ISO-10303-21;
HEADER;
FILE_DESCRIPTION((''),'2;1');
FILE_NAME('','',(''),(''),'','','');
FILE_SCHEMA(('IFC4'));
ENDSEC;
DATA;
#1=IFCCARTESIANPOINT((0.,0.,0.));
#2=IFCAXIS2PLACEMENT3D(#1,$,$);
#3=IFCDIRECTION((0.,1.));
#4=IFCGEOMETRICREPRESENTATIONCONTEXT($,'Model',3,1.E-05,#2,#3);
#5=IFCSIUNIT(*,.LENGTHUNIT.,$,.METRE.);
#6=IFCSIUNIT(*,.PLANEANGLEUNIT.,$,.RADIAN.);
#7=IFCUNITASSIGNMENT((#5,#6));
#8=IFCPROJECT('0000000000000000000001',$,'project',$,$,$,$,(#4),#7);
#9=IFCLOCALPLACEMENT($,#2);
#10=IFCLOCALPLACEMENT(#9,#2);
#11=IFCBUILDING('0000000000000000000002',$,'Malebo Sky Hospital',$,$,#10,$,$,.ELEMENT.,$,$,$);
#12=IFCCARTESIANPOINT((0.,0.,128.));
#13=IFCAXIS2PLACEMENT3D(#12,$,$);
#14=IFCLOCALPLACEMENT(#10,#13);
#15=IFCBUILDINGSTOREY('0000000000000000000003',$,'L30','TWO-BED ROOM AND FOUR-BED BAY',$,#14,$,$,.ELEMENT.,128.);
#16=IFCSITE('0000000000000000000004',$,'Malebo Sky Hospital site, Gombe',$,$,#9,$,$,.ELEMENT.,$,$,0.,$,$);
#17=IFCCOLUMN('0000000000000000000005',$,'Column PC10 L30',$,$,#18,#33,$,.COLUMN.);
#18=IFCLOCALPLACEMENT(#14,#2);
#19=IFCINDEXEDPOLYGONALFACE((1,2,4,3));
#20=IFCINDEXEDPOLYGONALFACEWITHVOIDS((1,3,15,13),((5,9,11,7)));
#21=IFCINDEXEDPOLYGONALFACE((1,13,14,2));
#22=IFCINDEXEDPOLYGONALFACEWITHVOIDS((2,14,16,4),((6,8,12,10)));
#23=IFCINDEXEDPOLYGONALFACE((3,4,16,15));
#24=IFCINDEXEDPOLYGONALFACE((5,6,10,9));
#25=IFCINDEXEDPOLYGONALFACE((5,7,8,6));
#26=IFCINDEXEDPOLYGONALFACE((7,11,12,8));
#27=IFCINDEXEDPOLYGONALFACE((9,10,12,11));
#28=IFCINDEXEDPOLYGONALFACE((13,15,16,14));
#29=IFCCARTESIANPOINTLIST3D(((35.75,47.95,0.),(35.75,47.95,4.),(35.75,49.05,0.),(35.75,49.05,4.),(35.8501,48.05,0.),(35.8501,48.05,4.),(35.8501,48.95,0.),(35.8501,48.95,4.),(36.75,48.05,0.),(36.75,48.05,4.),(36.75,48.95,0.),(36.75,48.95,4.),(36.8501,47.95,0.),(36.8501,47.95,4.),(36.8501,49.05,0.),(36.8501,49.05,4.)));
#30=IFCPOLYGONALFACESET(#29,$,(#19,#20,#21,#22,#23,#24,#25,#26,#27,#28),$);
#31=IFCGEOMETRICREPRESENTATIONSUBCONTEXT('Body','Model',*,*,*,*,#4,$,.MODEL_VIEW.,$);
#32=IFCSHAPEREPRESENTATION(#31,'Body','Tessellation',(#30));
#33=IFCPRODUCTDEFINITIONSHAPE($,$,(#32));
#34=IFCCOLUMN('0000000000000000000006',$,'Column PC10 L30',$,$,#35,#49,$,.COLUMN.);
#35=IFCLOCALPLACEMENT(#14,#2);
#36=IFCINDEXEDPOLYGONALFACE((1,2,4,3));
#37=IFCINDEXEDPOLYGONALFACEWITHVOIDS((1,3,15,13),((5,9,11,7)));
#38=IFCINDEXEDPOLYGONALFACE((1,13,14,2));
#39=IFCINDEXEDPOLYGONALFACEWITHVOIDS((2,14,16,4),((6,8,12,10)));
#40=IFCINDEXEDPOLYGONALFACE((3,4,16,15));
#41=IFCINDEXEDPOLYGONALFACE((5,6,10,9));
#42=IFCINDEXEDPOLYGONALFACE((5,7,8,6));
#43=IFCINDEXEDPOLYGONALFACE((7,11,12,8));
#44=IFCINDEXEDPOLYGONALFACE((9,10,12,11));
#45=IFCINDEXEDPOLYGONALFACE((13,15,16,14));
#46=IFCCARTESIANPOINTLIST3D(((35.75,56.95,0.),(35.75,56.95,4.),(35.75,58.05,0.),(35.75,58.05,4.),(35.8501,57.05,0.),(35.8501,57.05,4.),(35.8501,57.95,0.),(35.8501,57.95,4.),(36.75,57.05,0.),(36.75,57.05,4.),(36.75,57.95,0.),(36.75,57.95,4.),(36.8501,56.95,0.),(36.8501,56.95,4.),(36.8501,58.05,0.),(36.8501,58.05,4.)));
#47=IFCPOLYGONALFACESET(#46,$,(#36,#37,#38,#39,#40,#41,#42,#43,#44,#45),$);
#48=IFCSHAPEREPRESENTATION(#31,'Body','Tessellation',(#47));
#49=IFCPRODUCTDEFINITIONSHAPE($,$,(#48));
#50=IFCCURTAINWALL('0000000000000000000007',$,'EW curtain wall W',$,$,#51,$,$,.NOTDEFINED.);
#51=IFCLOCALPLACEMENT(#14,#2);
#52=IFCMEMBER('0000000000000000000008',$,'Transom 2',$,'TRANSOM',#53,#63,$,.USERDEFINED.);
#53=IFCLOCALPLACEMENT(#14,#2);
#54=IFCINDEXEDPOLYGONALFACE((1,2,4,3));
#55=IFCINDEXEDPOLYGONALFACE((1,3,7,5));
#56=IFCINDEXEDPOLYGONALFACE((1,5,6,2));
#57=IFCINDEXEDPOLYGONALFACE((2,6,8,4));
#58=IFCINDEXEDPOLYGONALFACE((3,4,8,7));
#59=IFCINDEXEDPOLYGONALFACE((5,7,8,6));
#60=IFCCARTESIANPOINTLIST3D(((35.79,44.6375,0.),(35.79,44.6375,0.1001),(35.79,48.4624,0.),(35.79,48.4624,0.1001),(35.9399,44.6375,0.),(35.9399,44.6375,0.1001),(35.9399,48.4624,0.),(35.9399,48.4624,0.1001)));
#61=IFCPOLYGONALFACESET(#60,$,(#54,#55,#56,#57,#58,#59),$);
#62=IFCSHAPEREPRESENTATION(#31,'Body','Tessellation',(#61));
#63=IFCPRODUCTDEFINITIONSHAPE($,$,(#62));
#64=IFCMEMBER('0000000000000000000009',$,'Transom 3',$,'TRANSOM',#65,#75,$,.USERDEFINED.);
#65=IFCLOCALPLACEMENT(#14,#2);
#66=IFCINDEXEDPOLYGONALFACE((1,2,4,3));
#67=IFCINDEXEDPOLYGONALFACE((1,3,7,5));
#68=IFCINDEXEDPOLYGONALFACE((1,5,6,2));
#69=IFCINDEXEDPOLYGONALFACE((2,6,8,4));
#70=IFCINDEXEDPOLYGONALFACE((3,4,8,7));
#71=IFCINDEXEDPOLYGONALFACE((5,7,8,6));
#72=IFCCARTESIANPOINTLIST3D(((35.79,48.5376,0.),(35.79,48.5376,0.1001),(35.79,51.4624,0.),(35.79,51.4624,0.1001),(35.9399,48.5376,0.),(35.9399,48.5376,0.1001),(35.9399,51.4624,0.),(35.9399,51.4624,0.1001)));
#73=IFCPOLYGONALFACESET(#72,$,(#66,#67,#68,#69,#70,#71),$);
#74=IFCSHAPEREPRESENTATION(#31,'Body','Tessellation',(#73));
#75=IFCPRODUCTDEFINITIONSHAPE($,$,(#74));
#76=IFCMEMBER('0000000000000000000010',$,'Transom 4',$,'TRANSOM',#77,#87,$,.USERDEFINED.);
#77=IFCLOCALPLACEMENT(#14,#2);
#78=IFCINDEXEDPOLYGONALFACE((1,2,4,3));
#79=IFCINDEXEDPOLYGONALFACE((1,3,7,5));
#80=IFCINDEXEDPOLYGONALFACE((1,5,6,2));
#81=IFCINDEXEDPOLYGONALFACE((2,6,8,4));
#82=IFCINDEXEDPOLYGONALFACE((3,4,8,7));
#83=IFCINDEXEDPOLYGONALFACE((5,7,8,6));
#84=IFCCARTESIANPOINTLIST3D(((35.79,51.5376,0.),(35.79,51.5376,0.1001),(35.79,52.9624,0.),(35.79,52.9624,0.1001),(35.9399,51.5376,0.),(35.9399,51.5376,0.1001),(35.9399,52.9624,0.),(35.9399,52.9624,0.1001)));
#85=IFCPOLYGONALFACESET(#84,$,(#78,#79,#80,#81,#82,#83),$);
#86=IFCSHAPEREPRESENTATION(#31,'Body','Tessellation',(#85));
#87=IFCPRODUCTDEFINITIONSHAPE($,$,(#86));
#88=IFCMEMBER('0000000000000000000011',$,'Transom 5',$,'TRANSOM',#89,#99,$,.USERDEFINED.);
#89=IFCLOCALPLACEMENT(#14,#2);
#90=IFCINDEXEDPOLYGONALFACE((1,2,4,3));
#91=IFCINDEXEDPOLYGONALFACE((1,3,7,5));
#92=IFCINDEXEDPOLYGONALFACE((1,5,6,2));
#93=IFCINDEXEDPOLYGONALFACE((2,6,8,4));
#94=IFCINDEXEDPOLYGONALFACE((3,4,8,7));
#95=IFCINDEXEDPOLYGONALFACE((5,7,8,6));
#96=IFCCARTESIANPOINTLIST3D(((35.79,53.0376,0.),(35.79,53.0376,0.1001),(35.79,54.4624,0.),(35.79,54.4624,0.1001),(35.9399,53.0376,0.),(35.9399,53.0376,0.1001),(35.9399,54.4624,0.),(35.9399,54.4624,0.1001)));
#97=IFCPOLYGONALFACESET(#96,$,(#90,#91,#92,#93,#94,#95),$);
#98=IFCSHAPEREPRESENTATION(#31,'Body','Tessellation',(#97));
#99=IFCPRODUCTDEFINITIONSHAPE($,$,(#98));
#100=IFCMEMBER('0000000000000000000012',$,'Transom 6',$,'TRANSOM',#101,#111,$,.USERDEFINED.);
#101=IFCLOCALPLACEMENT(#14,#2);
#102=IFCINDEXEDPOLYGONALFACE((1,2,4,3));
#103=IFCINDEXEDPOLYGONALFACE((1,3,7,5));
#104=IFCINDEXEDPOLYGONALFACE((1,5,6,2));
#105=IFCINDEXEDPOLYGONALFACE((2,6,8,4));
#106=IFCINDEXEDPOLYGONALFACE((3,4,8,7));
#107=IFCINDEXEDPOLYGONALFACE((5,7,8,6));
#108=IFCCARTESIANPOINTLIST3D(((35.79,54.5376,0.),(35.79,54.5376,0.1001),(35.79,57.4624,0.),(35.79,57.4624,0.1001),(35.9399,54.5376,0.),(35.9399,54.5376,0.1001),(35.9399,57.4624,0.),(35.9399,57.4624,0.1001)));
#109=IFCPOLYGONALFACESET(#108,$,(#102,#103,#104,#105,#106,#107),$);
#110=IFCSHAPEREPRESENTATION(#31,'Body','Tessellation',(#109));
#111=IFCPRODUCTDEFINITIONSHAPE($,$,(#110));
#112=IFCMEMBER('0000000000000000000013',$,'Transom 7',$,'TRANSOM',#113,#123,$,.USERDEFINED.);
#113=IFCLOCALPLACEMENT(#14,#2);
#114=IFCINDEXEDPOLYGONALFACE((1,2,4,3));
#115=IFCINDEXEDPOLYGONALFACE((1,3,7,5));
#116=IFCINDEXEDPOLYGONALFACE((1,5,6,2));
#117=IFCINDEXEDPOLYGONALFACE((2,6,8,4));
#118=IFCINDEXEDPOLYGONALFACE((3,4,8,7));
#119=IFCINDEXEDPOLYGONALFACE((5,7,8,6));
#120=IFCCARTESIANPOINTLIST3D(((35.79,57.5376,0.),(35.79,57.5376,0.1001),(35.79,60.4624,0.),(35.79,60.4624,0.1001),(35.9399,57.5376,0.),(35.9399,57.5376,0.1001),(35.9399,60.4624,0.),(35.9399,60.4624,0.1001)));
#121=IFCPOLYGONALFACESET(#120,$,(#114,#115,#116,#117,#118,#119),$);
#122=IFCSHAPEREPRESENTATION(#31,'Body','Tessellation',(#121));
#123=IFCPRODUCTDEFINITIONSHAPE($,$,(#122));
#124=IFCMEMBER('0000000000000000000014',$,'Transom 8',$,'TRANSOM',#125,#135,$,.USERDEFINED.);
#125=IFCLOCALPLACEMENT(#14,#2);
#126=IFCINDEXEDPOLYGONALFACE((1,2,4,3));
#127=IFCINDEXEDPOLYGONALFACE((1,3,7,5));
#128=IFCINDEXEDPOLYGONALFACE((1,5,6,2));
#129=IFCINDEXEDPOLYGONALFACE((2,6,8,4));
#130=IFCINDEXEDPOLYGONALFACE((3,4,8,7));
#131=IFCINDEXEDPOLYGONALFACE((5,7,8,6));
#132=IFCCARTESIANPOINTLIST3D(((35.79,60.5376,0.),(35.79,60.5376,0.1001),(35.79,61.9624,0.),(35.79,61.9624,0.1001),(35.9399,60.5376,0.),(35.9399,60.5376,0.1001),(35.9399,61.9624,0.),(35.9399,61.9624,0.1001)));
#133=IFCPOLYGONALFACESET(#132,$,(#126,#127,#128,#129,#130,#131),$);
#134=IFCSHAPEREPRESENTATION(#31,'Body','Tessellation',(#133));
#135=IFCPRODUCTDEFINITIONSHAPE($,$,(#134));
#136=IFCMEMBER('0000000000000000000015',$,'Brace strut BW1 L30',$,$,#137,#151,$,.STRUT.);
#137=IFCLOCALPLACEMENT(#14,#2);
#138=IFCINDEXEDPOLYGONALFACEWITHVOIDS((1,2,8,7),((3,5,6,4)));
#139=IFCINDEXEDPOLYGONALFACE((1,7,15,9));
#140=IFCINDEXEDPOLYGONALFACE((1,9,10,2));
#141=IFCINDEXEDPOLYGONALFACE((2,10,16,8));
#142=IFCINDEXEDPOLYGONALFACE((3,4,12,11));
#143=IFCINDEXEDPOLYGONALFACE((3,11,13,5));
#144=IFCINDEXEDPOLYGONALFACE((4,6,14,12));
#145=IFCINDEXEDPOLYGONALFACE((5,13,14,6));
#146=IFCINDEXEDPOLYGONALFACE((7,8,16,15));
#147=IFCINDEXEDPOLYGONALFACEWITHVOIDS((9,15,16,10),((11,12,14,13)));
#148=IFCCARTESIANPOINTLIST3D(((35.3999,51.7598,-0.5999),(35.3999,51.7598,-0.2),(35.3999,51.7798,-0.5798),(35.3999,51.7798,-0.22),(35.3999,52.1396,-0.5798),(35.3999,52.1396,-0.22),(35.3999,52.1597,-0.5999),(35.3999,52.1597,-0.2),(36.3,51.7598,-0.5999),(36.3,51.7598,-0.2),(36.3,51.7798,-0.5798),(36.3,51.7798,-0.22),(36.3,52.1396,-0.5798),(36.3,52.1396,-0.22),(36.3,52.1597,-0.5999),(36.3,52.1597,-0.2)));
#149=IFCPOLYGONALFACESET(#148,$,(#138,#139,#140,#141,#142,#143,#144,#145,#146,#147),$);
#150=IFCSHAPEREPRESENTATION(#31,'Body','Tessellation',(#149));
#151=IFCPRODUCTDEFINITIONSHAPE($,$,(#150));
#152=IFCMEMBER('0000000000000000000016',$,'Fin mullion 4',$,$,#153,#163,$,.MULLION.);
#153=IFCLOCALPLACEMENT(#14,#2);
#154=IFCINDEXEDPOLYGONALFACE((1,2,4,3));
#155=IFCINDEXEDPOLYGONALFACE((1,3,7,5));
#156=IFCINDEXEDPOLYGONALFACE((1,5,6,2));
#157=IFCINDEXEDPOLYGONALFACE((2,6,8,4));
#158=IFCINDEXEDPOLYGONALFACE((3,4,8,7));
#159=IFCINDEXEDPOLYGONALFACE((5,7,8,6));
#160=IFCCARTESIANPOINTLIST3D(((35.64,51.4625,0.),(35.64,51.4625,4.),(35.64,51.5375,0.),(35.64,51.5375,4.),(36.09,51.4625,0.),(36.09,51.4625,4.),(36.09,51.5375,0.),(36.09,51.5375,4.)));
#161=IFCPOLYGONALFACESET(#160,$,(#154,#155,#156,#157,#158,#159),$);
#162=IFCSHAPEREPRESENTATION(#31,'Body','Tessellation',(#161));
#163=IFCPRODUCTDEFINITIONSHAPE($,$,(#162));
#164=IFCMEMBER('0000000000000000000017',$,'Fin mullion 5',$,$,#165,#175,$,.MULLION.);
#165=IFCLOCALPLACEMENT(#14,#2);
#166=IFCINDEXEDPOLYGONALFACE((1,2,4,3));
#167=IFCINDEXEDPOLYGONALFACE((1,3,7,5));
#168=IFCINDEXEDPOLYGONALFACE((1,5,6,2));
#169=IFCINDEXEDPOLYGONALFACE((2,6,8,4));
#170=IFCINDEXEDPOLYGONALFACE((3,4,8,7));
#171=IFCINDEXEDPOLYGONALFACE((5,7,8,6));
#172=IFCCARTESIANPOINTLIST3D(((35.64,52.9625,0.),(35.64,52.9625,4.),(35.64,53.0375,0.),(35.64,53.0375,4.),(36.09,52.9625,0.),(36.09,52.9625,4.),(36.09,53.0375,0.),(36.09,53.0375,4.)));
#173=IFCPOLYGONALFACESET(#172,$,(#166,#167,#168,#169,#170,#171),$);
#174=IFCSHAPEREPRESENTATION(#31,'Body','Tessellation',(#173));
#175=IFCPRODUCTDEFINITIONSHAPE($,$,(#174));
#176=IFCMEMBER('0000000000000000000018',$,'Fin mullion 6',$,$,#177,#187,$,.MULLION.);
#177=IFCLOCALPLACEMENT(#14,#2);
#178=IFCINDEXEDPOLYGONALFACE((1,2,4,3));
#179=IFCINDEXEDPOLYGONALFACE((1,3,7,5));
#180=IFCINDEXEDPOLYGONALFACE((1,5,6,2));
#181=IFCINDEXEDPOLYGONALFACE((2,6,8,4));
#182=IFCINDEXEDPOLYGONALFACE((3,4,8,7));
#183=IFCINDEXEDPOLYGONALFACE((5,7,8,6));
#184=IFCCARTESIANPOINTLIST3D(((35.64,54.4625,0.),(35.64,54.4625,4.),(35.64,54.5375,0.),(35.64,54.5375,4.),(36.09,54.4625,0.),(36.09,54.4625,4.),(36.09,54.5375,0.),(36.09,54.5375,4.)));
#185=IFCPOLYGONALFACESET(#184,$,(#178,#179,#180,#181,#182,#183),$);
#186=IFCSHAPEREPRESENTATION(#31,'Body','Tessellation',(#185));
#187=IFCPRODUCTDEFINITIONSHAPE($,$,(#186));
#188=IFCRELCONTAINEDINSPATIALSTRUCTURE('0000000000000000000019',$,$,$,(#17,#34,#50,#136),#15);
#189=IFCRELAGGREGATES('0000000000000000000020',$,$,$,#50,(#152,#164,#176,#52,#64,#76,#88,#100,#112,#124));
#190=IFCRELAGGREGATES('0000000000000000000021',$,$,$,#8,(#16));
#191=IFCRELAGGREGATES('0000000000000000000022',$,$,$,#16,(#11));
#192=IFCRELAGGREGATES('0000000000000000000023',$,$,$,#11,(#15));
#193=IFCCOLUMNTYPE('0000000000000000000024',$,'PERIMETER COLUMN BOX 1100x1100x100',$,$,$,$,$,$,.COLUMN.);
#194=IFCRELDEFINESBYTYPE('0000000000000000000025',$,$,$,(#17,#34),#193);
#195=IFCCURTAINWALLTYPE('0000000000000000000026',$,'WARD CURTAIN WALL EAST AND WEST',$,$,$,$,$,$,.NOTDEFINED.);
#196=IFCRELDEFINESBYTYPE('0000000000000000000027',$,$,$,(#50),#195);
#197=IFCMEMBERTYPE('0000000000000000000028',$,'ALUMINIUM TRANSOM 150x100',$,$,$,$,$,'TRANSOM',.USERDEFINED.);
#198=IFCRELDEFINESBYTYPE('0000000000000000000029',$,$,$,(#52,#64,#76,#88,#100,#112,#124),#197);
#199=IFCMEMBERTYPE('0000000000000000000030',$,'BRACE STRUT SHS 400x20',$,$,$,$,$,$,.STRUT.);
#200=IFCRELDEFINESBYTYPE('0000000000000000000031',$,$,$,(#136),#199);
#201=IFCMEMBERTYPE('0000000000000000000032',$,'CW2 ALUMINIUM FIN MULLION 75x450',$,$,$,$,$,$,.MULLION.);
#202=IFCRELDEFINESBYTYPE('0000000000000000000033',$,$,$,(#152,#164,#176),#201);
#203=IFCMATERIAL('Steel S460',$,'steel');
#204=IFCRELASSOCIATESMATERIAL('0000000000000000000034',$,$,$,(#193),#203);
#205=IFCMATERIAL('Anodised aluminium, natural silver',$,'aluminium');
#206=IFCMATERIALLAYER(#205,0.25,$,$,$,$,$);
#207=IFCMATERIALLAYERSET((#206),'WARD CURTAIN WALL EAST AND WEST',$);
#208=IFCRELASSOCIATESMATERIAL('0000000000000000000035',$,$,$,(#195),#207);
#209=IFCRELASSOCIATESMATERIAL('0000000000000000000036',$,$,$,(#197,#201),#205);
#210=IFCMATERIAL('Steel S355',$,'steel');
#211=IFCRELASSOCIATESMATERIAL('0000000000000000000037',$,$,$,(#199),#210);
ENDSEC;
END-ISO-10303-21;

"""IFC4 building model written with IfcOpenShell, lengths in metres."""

from ifc_helpers import new_model, si_unit, direction, frame, origin, origin_2d, place, context, subcontext, project, spatial, rectangle, hollow_rectangle, extrude, material, layer, layer_set, material_profile, profile_set, type_object, element, aggregate, save


model = new_model("IFC4")

# Units and contexts
model_context = context("Model", 3, precision=1e-05, world=origin(), true_north=direction((0.0, 1.0)))
body_context = subcontext(model_context, "Body", "Model", "MODEL_VIEW")
ifc_project = project(units=[si_unit("LENGTHUNIT", "METRE"), si_unit("PLANEANGLEUNIT", "RADIAN")], contexts=[model_context])

# Site, building, storey
site_placement = place(None, origin())
site = spatial("IfcSite", under=ifc_project, at=site_placement, Name="Malebo Sky Hospital site, Gombe", CompositionType="ELEMENT", RefElevation=0.0)
building_placement = place(site_placement, origin())
building = spatial("IfcBuilding", under=site, at=building_placement, Name="Malebo Sky Hospital", CompositionType="ELEMENT")
storey_placement = place(building_placement, frame((0.0, 0.0, 128.0)))
storey = spatial("IfcBuildingStorey", under=building, at=storey_placement, Name="L30", Description="TWO-BED ROOM AND FOUR-BED BAY", CompositionType="ELEMENT", Elevation=128.0)

# Columns
ifc_material_1 = material(Name="Steel S460", Category="steel")
ifc_material_profile_1 = material_profile(ifc_material_1, hollow_rectangle(XDim=1.1001, YDim=1.1001, WallThickness=0.1001, at=origin_2d()), Name="BOX 1100x1100x100")
ifc_profile_set_1 = profile_set([ifc_material_profile_1], Name="Steel S460")
column_type = type_object("IfcColumnType", Name="PERIMETER COLUMN BOX 1100x1100x100", PredefinedType="COLUMN", material=ifc_profile_set_1)
for number, where, z_axis, x_axis, name in (
    (1, (36.3, 48.5, 0.0), (0.0, 0.0, 1.0), (1.0, 0.0, 0.0), "Column PC10 L30"),
    (2, (36.3, 57.5, 0.0), (0.0, 0.0, 1.0), (1.0, 0.0, 0.0), "Column PC10 L30"),
):
    element("IfcColumn", number, at=place(storey_placement, frame(where, z_axis=z_axis, x_axis=x_axis)), inside=storey, type_object=column_type, Name=name, PredefinedType="COLUMN", context=body_context, shape_type="SweptSolid", body=[
        extrude(hollow_rectangle(XDim=1.1001, YDim=1.1001, WallThickness=0.1001, at=origin_2d()), origin(), (0.0, 0.0, 1.0), 4.0),
    ])

# Curtain wall, members
ifc_material_2 = material(Name="Anodised aluminium, natural silver", Category="aluminium")
ifc_layer_1 = layer(ifc_material_2, 0.25)
ifc_layer_set_1 = layer_set([ifc_layer_1], Name="WARD CURTAIN WALL EAST AND WEST")
curtain_wall_type = type_object("IfcCurtainWallType", Name="WARD CURTAIN WALL EAST AND WEST", PredefinedType="NOTDEFINED", material=ifc_layer_set_1)
curtain_wall_placement = place(storey_placement, origin())
curtain_wall = element("IfcCurtainWall", 3, at=curtain_wall_placement, inside=storey, type_object=curtain_wall_type, Name="EW curtain wall W", PredefinedType="NOTDEFINED")
ifc_material_profile_2 = material_profile(ifc_material_2, rectangle(XDim=0.1499, YDim=0.1001, at=origin_2d()), Name="ALUMINIUM TRANSOM 150x100")
ifc_profile_set_2 = profile_set([ifc_material_profile_2], Name="Anodised aluminium, natural silver")
member_type_1 = type_object("IfcMemberType", Name="ALUMINIUM TRANSOM 150x100", ElementType="TRANSOM", PredefinedType="USERDEFINED", material=ifc_profile_set_2)
member_1_placement = place(storey_placement, frame((35.865, 44.6375, 0.05), z_axis=(0.0, 1.0, 0.0), x_axis=(-1.0, 0.0, 0.0)))
member_1 = element("IfcMember", 4, at=member_1_placement, type_object=member_type_1, Name="Transom 2", ObjectType="TRANSOM", PredefinedType="USERDEFINED", context=body_context, shape_type="SweptSolid", body=[
    extrude(rectangle(XDim=0.1499, YDim=0.1001, at=origin_2d()), origin(), (0.0, 0.0, 1.0), 3.825),
])
member_2_placement = place(storey_placement, frame((35.865, 48.5376, 0.05), z_axis=(0.0, 1.0, 0.0), x_axis=(-1.0, 0.0, 0.0)))
member_2 = element("IfcMember", 5, at=member_2_placement, type_object=member_type_1, Name="Transom 3", ObjectType="TRANSOM", PredefinedType="USERDEFINED", context=body_context, shape_type="SweptSolid", body=[
    extrude(rectangle(XDim=0.1499, YDim=0.1001, at=origin_2d()), origin(), (0.0, 0.0, 1.0), 2.9248),
])
member_3_placement = place(storey_placement, frame((35.865, 51.5376, 0.05), z_axis=(0.0, 1.0, 0.0), x_axis=(-1.0, 0.0, 0.0)))
member_3 = element("IfcMember", 6, at=member_3_placement, type_object=member_type_1, Name="Transom 4", ObjectType="TRANSOM", PredefinedType="USERDEFINED", context=body_context, shape_type="SweptSolid", body=[
    extrude(rectangle(XDim=0.1499, YDim=0.1001, at=origin_2d()), origin(), (0.0, 0.0, 1.0), 1.4248),
])
member_4_placement = place(storey_placement, frame((35.865, 53.0376, 0.05), z_axis=(0.0, 1.0, 0.0), x_axis=(-1.0, 0.0, 0.0)))
member_4 = element("IfcMember", 7, at=member_4_placement, type_object=member_type_1, Name="Transom 5", ObjectType="TRANSOM", PredefinedType="USERDEFINED", context=body_context, shape_type="SweptSolid", body=[
    extrude(rectangle(XDim=0.1499, YDim=0.1001, at=origin_2d()), origin(), (0.0, 0.0, 1.0), 1.4248),
])
member_5_placement = place(storey_placement, frame((35.865, 54.5376, 0.05), z_axis=(0.0, 1.0, 0.0), x_axis=(-1.0, 0.0, 0.0)))
member_5 = element("IfcMember", 8, at=member_5_placement, type_object=member_type_1, Name="Transom 6", ObjectType="TRANSOM", PredefinedType="USERDEFINED", context=body_context, shape_type="SweptSolid", body=[
    extrude(rectangle(XDim=0.1499, YDim=0.1001, at=origin_2d()), origin(), (0.0, 0.0, 1.0), 2.9248),
])
member_6_placement = place(storey_placement, frame((35.865, 57.5376, 0.05), z_axis=(0.0, 1.0, 0.0), x_axis=(-1.0, 0.0, 0.0)))
member_6 = element("IfcMember", 9, at=member_6_placement, type_object=member_type_1, Name="Transom 7", ObjectType="TRANSOM", PredefinedType="USERDEFINED", context=body_context, shape_type="SweptSolid", body=[
    extrude(rectangle(XDim=0.1499, YDim=0.1001, at=origin_2d()), origin(), (0.0, 0.0, 1.0), 2.9248),
])
member_7_placement = place(storey_placement, frame((35.865, 60.5376, 0.05), z_axis=(0.0, 1.0, 0.0), x_axis=(-1.0, 0.0, 0.0)))
member_7 = element("IfcMember", 10, at=member_7_placement, type_object=member_type_1, Name="Transom 8", ObjectType="TRANSOM", PredefinedType="USERDEFINED", context=body_context, shape_type="SweptSolid", body=[
    extrude(rectangle(XDim=0.1499, YDim=0.1001, at=origin_2d()), origin(), (0.0, 0.0, 1.0), 1.4248),
])

# Members
ifc_material_3 = material(Name="Steel S355", Category="steel")
ifc_material_profile_3 = material_profile(ifc_material_3, hollow_rectangle(XDim=0.3999, YDim=0.3999, WallThickness=0.02, at=origin_2d()), Name="SHS 400x20")
ifc_profile_set_3 = profile_set([ifc_material_profile_3], Name="Steel S355")
member_type_2 = type_object("IfcMemberType", Name="BRACE STRUT SHS 400x20", PredefinedType="STRUT", material=ifc_profile_set_3)
member_8_placement = place(storey_placement, frame((35.3999, 51.9597, -0.3999), z_axis=(1.0, 0.0, 0.0), x_axis=(0.0, 1.0, 0.0)))
element("IfcMember", 11, at=member_8_placement, inside=storey, type_object=member_type_2, Name="Brace strut BW1 L30", PredefinedType="STRUT", context=body_context, shape_type="SweptSolid", body=[
    extrude(hollow_rectangle(XDim=0.3999, YDim=0.3999, WallThickness=0.02, at=origin_2d()), origin(), (0.0, 0.0, 1.0), 0.9001),
])
ifc_material_profile_4 = material_profile(ifc_material_2, rectangle(XDim=0.075, YDim=0.45, at=origin_2d()), Name="CW2 ALUMINIUM FIN MULLION 75x450")
ifc_profile_set_4 = profile_set([ifc_material_profile_4], Name="Anodised aluminium, natural silver")
member_type_3 = type_object("IfcMemberType", Name="CW2 ALUMINIUM FIN MULLION 75x450", PredefinedType="MULLION", material=ifc_profile_set_4)
member_9_placement = place(storey_placement, frame((35.865, 51.5, 0.0), z_axis=(0.0, 0.0, 1.0), x_axis=(0.0, 1.0, 0.0)))
member_9 = element("IfcMember", 12, at=member_9_placement, type_object=member_type_3, Name="Fin mullion 4", PredefinedType="MULLION", context=body_context, shape_type="SweptSolid", body=[
    extrude(rectangle(XDim=0.075, YDim=0.45, at=origin_2d()), origin(), (0.0, 0.0, 1.0), 4.0),
])
member_10_placement = place(storey_placement, frame((35.865, 53.0, 0.0), z_axis=(0.0, 0.0, 1.0), x_axis=(0.0, 1.0, 0.0)))
member_10 = element("IfcMember", 13, at=member_10_placement, type_object=member_type_3, Name="Fin mullion 5", PredefinedType="MULLION", context=body_context, shape_type="SweptSolid", body=[
    extrude(rectangle(XDim=0.075, YDim=0.45, at=origin_2d()), origin(), (0.0, 0.0, 1.0), 4.0),
])
member_11_placement = place(storey_placement, frame((35.865, 54.5, 0.0), z_axis=(0.0, 0.0, 1.0), x_axis=(0.0, 1.0, 0.0)))
member_11 = element("IfcMember", 14, at=member_11_placement, type_object=member_type_3, Name="Fin mullion 6", PredefinedType="MULLION", context=body_context, shape_type="SweptSolid", body=[
    extrude(rectangle(XDim=0.075, YDim=0.45, at=origin_2d()), origin(), (0.0, 0.0, 1.0), 4.0),
])

aggregate(curtain_wall, [member_9, member_10, member_11, member_1, member_2, member_3, member_4, member_5, member_6, member_7])

save(model, "model.ifc")
